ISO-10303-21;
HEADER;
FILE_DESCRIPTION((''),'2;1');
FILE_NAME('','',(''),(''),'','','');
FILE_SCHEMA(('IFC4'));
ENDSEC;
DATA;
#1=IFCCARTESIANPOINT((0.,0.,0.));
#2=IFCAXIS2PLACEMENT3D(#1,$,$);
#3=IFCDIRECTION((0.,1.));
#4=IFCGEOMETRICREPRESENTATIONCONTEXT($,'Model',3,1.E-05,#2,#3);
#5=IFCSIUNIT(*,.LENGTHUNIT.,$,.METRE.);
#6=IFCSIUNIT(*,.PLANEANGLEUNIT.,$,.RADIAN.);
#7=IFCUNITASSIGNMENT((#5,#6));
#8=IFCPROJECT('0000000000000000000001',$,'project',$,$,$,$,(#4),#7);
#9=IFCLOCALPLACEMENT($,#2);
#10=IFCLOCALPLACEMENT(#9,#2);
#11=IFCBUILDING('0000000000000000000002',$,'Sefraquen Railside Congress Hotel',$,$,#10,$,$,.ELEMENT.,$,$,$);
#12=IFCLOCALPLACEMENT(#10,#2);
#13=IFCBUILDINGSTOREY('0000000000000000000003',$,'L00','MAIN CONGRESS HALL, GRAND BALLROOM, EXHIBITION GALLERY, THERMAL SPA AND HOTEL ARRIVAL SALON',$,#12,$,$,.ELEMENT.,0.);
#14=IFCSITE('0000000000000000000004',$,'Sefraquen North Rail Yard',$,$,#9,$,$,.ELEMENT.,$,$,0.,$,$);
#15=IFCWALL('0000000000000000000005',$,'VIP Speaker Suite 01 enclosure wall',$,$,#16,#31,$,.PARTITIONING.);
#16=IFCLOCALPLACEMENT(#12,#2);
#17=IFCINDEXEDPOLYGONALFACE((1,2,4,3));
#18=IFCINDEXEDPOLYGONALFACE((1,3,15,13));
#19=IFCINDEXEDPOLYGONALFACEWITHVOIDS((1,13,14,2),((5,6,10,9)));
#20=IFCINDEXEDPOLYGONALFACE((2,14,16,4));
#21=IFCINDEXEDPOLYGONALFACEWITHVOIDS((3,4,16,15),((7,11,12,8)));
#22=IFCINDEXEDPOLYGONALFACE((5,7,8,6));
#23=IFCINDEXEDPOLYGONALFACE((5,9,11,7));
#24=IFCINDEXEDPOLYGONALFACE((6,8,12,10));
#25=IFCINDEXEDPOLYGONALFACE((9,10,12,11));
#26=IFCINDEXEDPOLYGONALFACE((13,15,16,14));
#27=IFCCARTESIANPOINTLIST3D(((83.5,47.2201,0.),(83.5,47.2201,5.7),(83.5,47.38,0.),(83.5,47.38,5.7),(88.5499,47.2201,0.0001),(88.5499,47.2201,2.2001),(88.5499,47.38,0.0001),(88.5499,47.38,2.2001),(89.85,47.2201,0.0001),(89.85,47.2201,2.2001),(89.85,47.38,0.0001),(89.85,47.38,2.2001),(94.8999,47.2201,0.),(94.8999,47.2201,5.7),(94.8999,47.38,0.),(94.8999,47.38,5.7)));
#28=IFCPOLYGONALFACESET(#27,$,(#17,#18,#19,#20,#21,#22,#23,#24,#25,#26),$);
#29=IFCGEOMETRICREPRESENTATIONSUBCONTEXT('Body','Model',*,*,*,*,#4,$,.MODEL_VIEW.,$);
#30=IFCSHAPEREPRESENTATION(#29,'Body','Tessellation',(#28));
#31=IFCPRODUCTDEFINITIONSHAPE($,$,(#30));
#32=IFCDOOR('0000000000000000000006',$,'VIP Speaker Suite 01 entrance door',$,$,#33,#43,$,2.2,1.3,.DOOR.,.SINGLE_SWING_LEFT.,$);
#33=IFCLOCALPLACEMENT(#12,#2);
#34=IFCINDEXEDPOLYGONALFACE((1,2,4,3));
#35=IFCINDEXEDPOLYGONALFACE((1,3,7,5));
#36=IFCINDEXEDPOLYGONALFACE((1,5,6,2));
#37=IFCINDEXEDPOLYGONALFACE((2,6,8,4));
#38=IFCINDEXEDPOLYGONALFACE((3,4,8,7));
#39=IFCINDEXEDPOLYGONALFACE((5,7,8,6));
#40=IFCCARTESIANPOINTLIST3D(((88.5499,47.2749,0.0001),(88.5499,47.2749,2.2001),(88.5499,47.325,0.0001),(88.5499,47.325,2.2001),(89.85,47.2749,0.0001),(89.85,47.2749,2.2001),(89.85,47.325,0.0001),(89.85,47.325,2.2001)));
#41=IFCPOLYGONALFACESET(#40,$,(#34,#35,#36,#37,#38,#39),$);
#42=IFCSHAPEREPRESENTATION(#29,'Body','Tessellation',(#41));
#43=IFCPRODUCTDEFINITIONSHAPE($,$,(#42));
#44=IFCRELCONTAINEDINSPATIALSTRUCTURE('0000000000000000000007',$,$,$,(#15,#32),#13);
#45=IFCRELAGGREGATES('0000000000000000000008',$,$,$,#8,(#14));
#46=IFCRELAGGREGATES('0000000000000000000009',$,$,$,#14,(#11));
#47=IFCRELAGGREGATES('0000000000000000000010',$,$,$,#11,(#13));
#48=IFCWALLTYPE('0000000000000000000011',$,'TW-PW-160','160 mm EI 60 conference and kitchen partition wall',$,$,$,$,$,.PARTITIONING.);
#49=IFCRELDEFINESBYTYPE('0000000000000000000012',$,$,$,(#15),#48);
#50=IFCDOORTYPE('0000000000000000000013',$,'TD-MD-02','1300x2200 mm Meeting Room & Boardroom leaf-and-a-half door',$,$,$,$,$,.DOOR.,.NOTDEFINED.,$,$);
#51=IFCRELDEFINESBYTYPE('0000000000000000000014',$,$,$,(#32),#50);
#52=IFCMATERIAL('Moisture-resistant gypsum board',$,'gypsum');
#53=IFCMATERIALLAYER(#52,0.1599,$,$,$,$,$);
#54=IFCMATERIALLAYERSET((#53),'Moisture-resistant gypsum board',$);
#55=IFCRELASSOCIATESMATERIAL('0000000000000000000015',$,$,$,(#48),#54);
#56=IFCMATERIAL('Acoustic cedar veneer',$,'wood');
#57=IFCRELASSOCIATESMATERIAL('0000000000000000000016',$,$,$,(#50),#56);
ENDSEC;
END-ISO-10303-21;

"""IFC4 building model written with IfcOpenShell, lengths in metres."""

from ifc_helpers import new_model, si_unit, direction, frame, frame_2d, origin, place, context, subcontext, project, spatial, rectangle, extrude, material, layer, layer_set, type_object, element, fill, save


model = new_model("IFC4")

# Units and contexts
model_context = context("Model", 3, precision=1e-05, world=origin(), true_north=direction((0.0, 1.0)))
body_context = subcontext(model_context, "Body", "Model", "MODEL_VIEW")
ifc_project = project(units=[si_unit("LENGTHUNIT", "METRE"), si_unit("PLANEANGLEUNIT", "RADIAN")], contexts=[model_context])

# Site, building, storey
site_placement = place(None, origin())
site = spatial("IfcSite", under=ifc_project, at=site_placement, Name="Sefraquen North Rail Yard", CompositionType="ELEMENT", RefElevation=0.0)
building_placement = place(site_placement, origin())
building = spatial("IfcBuilding", under=site, at=building_placement, Name="Sefraquen Railside Congress Hotel", CompositionType="ELEMENT")
storey_placement = place(building_placement, origin())
storey = spatial("IfcBuildingStorey", under=building, at=storey_placement, Name="L00", Description="MAIN CONGRESS HALL, GRAND BALLROOM, EXHIBITION GALLERY, THERMAL SPA AND HOTEL ARRIVAL SALON", CompositionType="ELEMENT", Elevation=0.0)

# Wall, opening, door
ifc_material_1 = material(Name="Moisture-resistant gypsum board", Category="gypsum")
ifc_layer_1 = layer(ifc_material_1, 0.1599)
ifc_layer_set_1 = layer_set([ifc_layer_1], Name="Moisture-resistant gypsum board")
wall_type_1 = type_object("IfcWallType", Name="TW-PW-160", Description="160 mm EI 60 conference and kitchen partition wall", PredefinedType="PARTITIONING", material=ifc_layer_set_1)
wall_1_placement = place(storey_placement, frame((83.5, 47.3, 0.0), z_axis=(0.0, 0.0, 1.0), x_axis=(1.0, 0.0, 0.0)))
wall_1 = element("IfcWall", 1, at=wall_1_placement, inside=storey, type_object=wall_type_1, Name="VIP Speaker Suite 01 enclosure wall", PredefinedType="PARTITIONING", context=body_context, shape_type="SweptSolid", body=[
    extrude(rectangle(XDim=11.3999, YDim=0.1599, at=frame_2d((5.7, 0.0))), origin(), (0.0, 0.0, 1.0), 5.7),
])
opening_placement = place(wall_1_placement, frame((5.05, 0.0, 0.0)))
opening = element("IfcOpeningElement", 2, at=opening_placement, cuts=wall_1, PredefinedType="OPENING", context=body_context, shape_type="SweptSolid", body=[
    extrude(rectangle(XDim=1.3, YDim=2.2, at=frame_2d((0.6499, 1.1001))), frame((0.0, 0.0898, 0.0), z_axis=(0.0, -1.0, 0.0), x_axis=(1.0, 0.0, 0.0)), (0.0, 0.0, 1.0), 0.1799),
])
ifc_material_2 = material(Name="Acoustic cedar veneer", Category="wood")
door_type = type_object("IfcDoorType", Name="TD-MD-02", Description="1300x2200 mm Meeting Room & Boardroom leaf-and-a-half door", OperationType="NOTDEFINED", PredefinedType="DOOR", material=ifc_material_2)
door_placement = place(opening_placement, origin())
door = element("IfcDoor", 3, at=door_placement, inside=storey, type_object=door_type, Name="VIP Speaker Suite 01 entrance door", OperationType="SINGLE_SWING_LEFT", OverallHeight=2.2, OverallWidth=1.3, PredefinedType="DOOR", context=body_context, shape_type="SweptSolid", body=[
    extrude(rectangle(XDim=1.3, YDim=2.2, at=frame_2d((0.6499, 1.1001))), frame((0.0, 0.0249, 0.0), z_axis=(0.0, -1.0, 0.0), x_axis=(1.0, 0.0, 0.0)), (0.0, 0.0, 1.0), 0.05),
])
fill(opening, door)

save(model, "model.ifc")
